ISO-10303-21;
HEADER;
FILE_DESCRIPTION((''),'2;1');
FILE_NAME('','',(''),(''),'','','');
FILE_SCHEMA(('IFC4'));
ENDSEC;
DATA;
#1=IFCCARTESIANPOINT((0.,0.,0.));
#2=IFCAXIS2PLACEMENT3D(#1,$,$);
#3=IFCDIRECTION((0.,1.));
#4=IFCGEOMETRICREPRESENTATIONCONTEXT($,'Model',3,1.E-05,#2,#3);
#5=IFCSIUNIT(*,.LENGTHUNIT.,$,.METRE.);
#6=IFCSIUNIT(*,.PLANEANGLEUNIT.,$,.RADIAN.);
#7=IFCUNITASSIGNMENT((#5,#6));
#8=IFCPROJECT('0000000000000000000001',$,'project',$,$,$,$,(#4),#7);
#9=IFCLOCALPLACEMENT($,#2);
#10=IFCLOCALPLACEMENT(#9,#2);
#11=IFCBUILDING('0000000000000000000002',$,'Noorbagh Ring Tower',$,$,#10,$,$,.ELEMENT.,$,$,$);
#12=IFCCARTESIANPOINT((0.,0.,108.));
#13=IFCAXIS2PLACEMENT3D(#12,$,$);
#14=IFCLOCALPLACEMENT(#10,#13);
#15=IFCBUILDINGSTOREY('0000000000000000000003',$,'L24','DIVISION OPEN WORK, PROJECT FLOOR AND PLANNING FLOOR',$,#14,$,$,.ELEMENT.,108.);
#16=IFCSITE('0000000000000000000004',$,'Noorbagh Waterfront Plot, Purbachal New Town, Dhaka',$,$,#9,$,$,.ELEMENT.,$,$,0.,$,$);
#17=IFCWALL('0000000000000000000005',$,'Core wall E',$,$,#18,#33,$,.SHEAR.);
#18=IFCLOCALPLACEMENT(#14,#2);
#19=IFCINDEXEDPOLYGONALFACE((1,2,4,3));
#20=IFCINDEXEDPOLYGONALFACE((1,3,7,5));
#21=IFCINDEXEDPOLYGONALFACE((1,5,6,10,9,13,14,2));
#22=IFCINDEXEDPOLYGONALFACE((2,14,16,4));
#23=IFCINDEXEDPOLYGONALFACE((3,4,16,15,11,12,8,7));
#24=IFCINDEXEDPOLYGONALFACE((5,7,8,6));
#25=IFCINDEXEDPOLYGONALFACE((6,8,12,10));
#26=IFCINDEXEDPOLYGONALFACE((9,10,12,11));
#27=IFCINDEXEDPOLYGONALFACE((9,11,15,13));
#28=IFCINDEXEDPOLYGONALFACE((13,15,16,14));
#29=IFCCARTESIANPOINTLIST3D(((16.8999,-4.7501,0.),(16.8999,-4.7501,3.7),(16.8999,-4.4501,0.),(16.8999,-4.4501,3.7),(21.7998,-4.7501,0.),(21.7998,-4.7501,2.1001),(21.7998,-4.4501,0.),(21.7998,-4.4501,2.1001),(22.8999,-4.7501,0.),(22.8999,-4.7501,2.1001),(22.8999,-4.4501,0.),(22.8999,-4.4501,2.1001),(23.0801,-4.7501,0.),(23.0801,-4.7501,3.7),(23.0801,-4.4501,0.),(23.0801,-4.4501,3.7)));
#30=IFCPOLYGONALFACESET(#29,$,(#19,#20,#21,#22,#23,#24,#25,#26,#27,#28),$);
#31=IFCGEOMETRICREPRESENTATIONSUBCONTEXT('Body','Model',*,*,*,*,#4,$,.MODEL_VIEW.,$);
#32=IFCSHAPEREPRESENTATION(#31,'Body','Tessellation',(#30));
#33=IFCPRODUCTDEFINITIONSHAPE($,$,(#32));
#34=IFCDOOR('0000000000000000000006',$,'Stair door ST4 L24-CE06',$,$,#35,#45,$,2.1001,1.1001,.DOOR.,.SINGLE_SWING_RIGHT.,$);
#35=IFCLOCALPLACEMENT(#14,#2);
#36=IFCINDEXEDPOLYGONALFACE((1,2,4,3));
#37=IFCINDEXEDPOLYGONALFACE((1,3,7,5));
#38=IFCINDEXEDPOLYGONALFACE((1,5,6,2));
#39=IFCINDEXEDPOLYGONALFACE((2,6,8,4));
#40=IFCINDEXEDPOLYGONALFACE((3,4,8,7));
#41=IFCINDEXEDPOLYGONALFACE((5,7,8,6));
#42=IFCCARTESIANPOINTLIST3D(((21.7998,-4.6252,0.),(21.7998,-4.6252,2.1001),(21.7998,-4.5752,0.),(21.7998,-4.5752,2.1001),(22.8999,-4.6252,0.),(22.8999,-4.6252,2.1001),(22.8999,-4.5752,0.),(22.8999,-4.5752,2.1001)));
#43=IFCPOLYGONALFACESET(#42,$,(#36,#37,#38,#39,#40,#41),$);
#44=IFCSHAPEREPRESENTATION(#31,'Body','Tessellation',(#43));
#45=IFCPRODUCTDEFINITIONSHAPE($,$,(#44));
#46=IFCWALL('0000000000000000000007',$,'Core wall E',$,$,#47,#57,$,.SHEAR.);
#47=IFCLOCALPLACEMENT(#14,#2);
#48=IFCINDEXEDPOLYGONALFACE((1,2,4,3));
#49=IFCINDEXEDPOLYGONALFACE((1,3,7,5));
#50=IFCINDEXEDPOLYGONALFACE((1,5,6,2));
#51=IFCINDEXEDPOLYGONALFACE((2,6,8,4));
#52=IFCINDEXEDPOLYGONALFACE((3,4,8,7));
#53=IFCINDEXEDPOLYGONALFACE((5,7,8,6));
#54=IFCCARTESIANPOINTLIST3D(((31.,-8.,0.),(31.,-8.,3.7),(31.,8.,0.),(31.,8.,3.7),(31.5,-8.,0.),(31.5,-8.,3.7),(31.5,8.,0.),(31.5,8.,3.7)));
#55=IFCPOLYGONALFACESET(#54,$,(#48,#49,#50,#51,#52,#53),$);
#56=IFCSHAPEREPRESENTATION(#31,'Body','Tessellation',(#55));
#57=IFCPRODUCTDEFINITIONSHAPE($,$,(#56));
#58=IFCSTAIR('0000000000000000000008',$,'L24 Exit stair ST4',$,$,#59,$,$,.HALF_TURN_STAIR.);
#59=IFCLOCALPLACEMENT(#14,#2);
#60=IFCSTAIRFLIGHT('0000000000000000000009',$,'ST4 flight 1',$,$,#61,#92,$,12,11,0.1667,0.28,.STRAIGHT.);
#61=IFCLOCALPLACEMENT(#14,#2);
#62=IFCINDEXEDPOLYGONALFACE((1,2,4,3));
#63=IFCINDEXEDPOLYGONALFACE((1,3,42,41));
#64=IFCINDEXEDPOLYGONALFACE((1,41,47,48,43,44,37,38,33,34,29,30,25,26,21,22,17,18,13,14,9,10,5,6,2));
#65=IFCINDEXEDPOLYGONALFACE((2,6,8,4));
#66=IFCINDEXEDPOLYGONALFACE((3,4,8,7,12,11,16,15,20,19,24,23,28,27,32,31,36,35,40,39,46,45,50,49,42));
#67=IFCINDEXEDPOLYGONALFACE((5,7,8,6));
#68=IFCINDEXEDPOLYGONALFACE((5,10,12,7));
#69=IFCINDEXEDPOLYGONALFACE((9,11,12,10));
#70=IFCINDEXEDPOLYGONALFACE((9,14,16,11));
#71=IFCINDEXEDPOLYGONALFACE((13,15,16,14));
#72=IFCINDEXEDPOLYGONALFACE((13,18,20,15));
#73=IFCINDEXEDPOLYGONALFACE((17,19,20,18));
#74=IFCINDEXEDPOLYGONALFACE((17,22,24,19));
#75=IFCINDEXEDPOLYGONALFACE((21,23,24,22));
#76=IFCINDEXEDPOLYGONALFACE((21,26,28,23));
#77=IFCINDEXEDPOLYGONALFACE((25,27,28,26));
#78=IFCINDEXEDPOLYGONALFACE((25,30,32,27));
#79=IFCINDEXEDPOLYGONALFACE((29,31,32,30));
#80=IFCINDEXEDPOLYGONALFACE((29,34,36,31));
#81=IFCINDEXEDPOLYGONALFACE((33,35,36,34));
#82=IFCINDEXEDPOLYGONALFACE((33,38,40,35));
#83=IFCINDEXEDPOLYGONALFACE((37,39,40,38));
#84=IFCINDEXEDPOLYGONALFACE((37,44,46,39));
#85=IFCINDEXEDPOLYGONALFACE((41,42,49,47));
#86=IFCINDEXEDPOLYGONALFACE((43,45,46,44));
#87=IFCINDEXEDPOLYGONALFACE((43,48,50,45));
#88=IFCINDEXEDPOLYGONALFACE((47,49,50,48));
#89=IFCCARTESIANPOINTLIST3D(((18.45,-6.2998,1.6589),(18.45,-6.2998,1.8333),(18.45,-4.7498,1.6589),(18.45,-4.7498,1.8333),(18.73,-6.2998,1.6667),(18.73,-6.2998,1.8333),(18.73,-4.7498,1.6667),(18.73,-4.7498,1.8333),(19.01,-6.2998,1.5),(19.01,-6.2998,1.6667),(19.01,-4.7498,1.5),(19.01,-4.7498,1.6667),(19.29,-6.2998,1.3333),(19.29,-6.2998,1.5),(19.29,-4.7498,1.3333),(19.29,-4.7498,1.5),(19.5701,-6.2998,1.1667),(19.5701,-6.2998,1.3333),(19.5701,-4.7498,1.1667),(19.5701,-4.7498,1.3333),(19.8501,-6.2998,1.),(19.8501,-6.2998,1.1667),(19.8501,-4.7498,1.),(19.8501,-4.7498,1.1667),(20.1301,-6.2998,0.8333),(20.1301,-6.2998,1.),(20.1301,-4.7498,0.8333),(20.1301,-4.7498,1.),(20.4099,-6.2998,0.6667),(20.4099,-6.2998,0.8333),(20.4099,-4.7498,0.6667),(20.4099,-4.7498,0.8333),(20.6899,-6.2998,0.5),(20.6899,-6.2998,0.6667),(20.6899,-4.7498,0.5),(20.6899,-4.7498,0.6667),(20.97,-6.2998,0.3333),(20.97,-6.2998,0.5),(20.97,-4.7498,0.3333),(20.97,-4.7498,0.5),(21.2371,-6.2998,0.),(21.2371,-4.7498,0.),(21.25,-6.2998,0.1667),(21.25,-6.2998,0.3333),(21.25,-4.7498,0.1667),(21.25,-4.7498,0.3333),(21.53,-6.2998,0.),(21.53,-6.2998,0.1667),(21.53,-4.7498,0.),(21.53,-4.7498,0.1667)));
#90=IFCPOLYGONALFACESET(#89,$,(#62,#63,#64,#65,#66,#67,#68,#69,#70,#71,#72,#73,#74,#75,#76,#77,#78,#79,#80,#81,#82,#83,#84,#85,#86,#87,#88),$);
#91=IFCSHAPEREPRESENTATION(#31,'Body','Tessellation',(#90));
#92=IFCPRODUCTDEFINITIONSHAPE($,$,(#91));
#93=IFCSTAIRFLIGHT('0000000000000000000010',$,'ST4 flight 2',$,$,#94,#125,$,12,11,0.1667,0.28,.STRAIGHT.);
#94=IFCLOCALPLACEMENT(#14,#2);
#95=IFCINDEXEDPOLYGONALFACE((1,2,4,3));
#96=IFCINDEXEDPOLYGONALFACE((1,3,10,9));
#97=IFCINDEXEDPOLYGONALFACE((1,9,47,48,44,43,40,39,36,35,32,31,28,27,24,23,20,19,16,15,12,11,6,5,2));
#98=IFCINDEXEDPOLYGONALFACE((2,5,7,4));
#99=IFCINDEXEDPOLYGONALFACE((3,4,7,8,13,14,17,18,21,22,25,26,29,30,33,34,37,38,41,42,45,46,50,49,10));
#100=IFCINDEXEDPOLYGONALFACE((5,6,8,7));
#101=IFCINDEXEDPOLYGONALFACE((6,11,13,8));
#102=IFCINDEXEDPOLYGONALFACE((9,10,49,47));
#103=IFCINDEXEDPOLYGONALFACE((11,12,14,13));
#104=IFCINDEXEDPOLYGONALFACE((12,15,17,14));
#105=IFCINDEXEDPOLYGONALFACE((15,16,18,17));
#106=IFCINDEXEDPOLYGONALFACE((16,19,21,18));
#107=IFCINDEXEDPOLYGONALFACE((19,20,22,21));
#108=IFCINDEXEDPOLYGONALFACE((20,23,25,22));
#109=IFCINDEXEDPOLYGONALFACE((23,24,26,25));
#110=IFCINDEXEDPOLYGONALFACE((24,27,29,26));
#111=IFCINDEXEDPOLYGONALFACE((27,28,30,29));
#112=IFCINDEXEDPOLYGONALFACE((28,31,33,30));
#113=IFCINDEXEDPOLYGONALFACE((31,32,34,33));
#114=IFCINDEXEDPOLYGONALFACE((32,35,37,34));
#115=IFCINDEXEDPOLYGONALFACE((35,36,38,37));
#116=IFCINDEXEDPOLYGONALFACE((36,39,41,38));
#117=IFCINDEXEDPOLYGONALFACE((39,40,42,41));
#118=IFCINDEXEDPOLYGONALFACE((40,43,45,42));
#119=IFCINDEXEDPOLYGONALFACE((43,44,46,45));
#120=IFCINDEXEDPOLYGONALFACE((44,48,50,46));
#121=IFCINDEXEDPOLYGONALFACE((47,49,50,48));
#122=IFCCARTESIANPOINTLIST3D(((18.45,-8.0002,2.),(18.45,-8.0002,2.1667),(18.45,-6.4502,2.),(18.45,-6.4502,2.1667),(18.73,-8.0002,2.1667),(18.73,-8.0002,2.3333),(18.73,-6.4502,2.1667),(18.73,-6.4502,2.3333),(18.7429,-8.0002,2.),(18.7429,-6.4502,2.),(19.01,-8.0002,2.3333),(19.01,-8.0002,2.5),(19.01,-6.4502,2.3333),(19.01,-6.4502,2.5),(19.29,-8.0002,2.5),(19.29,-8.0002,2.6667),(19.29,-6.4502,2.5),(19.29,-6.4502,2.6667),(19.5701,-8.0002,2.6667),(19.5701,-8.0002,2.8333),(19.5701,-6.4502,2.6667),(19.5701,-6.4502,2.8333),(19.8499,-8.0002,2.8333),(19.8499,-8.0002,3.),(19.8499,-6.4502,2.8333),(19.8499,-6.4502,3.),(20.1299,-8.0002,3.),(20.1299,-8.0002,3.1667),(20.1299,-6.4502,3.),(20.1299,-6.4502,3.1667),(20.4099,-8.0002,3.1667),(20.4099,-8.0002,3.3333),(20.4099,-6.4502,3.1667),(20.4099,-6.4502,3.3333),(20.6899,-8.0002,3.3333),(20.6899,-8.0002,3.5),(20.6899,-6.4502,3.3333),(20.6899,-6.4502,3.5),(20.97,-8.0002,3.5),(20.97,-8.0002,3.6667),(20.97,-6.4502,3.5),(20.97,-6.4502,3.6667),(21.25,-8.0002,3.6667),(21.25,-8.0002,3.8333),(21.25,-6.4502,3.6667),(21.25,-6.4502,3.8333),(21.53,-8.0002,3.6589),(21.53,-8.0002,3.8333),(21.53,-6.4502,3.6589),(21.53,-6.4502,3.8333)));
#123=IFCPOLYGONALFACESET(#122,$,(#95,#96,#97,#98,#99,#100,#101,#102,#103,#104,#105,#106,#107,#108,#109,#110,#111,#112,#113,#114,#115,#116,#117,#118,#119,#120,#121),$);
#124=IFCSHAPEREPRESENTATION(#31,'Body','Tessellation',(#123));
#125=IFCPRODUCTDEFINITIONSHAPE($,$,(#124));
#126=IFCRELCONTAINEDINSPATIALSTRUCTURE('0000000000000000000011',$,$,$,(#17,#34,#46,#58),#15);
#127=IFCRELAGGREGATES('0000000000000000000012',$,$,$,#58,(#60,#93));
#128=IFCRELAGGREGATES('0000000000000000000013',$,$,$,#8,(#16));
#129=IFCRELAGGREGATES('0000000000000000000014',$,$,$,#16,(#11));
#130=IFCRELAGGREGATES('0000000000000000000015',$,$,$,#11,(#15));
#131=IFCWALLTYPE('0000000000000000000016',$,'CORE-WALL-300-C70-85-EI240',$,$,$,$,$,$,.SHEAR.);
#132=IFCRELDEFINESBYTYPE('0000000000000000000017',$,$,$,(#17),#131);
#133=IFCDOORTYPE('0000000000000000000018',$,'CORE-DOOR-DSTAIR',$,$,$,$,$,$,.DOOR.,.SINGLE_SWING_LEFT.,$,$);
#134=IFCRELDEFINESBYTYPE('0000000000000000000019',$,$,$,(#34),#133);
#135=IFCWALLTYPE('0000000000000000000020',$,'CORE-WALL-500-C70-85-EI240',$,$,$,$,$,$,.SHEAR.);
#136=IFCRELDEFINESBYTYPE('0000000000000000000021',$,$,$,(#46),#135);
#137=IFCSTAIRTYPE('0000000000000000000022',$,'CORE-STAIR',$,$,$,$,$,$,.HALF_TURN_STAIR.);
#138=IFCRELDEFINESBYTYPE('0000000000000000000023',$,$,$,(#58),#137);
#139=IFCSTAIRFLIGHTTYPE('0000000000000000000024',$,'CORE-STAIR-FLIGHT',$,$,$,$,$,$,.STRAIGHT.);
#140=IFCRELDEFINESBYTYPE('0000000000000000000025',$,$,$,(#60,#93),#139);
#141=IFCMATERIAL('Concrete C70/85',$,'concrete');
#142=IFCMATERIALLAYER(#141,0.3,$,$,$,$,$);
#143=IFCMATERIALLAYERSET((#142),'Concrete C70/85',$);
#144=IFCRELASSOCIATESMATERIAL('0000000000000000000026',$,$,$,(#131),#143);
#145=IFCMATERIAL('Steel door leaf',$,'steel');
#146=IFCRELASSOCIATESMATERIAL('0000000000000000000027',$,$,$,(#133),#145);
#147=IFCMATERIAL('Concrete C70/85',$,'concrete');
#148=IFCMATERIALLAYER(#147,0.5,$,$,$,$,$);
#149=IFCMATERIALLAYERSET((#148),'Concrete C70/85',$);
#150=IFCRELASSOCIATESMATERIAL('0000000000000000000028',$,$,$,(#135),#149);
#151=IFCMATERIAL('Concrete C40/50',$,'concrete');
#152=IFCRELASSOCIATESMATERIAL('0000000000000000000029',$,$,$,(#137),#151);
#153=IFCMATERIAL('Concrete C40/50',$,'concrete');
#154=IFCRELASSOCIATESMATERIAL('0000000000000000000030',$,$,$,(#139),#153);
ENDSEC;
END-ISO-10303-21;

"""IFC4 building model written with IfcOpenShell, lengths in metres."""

from ifc_helpers import new_model, si_unit, direction, frame, frame_2d, origin, place, context, subcontext, project, spatial, polyline, rectangle, outline, extrude, material, layer, layer_set, type_object, element, fill, aggregate, save


model = new_model("IFC4")

# Units and contexts
model_context = context("Model", 3, precision=1e-05, world=origin(), true_north=direction((0.0, 1.0)))
body_context = subcontext(model_context, "Body", "Model", "MODEL_VIEW")
ifc_project = project(units=[si_unit("LENGTHUNIT", "METRE"), si_unit("PLANEANGLEUNIT", "RADIAN")], contexts=[model_context])

# Site, building, storey
site_placement = place(None, origin())
site = spatial("IfcSite", under=ifc_project, at=site_placement, Name="Noorbagh Waterfront Plot, Purbachal New Town, Dhaka", CompositionType="ELEMENT", RefElevation=0.0)
building_placement = place(site_placement, origin())
building = spatial("IfcBuilding", under=site, at=building_placement, Name="Noorbagh Ring Tower", CompositionType="ELEMENT")
storey_placement = place(building_placement, frame((0.0, 0.0, 108.0)))
storey = spatial("IfcBuildingStorey", under=building, at=storey_placement, Name="L24", Description="DIVISION OPEN WORK, PROJECT FLOOR AND PLANNING FLOOR", CompositionType="ELEMENT", Elevation=108.0)

# Shared definitions
ifc_material_1 = material(Name="Concrete C70/85", Category="concrete")
ifc_layer_1 = layer(ifc_material_1, 0.3)
ifc_layer_set_1 = layer_set([ifc_layer_1], Name="Concrete C70/85")
wall_type_1 = type_object("IfcWallType", Name="CORE-WALL-300-C70-85-EI240", PredefinedType="SHEAR", material=ifc_layer_set_1)

# Wall, opening, door
wall_1_placement = place(storey_placement, frame((16.8999, -4.6001, 0.0), z_axis=(0.0, 0.0, 1.0), x_axis=(1.0, 0.0, 0.0)))
wall_1 = element("IfcWall", 1, at=wall_1_placement, inside=storey, type_object=wall_type_1, Name="Core wall E", PredefinedType="SHEAR", context=body_context, shape_type="SweptSolid", body=[
    extrude(rectangle(XDim=6.1802, YDim=0.3, at=frame_2d((3.0901, 0.0))), origin(), (0.0, 0.0, 1.0), 3.7),
])
opening_1_placement = place(wall_1_placement, frame((4.8999, 0.0, 0.0)))
opening_1 = element("IfcOpeningElement", 2, at=opening_1_placement, cuts=wall_1, PredefinedType="OPENING", context=body_context, shape_type="SweptSolid", body=[
    extrude(rectangle(XDim=1.1001, YDim=2.1001, at=frame_2d((0.55, 1.05))), frame((0.0, 0.1602, 0.0), z_axis=(0.0, -1.0, 0.0), x_axis=(1.0, 0.0, 0.0)), (0.0, 0.0, 1.0), 0.3201),
])
ifc_material_2 = material(Name="Steel door leaf", Category="steel")
door_type_1 = type_object("IfcDoorType", Name="CORE-DOOR-DSTAIR", OperationType="SINGLE_SWING_LEFT", PredefinedType="DOOR", material=ifc_material_2)
door_1_placement = place(opening_1_placement, origin())
door_1 = element("IfcDoor", 3, at=door_1_placement, inside=storey, type_object=door_type_1, Name="Stair door ST4 L24-CE06", OperationType="SINGLE_SWING_RIGHT", OverallHeight=2.1001, OverallWidth=1.1001, PredefinedType="DOOR", context=body_context, shape_type="SweptSolid", body=[
    extrude(rectangle(XDim=1.1001, YDim=2.1001, at=frame_2d((0.55, 1.05))), frame((0.0, 0.0249, 0.0), z_axis=(0.0, -1.0, 0.0), x_axis=(1.0, 0.0, 0.0)), (0.0, 0.0, 1.0), 0.05),
])
fill(opening_1, door_1)

# Wall
ifc_material_3 = material(Name="Concrete C70/85", Category="concrete")
ifc_layer_2 = layer(ifc_material_3, 0.5)
ifc_layer_set_2 = layer_set([ifc_layer_2], Name="Concrete C70/85")
wall_type_2 = type_object("IfcWallType", Name="CORE-WALL-500-C70-85-EI240", PredefinedType="SHEAR", material=ifc_layer_set_2)
wall_2_placement = place(storey_placement, frame((31.25, -8.0, 0.0), z_axis=(0.0, 0.0, 1.0), x_axis=(0.0, 1.0, 0.0)))
element("IfcWall", 4, at=wall_2_placement, inside=storey, type_object=wall_type_2, Name="Core wall E", PredefinedType="SHEAR", context=body_context, shape_type="SweptSolid", body=[
    extrude(rectangle(XDim=16.0, YDim=0.5, at=frame_2d((8.0, 0.0))), origin(), (0.0, 0.0, 1.0), 3.7),
])

# Stair, stair flights
ifc_material_4 = material(Name="Concrete C40/50", Category="concrete")
stair_type = type_object("IfcStairType", Name="CORE-STAIR", PredefinedType="HALF_TURN_STAIR", material=ifc_material_4)
stair_placement = place(storey_placement, origin())
stair = element("IfcStair", 5, at=stair_placement, inside=storey, type_object=stair_type, Name="L24 Exit stair ST4", PredefinedType="HALF_TURN_STAIR")
ifc_material_5 = material(Name="Concrete C40/50", Category="concrete")
stair_flight_type = type_object("IfcStairFlightType", Name="CORE-STAIR-FLIGHT", PredefinedType="STRAIGHT", material=ifc_material_5)
stair_flight_1_placement = place(storey_placement, frame((21.53, -5.5249, 0.0), z_axis=(0.0, 0.0, 1.0), x_axis=(-1.0, 0.0, 0.0)))
stair_flight_1 = element("IfcStairFlight", 6, at=stair_flight_1_placement, type_object=stair_flight_type, Name="ST4 flight 1", NumberOfRisers=12, NumberOfTreads=11, PredefinedType="STRAIGHT", RiserHeight=0.1667, TreadLength=0.28, context=body_context, shape_type="SweptSolid", body=[
    extrude(outline(polyline([(0.0, 0.0), (0.0, 0.1667), (0.28, 0.1667), (0.28, 0.3333), (0.5601, 0.3333), (0.5601, 0.5), (0.8401, 0.5), (0.8401, 0.6667), (1.1201, 0.6667), (1.1201, 0.8333), (1.3999, 0.8333), (1.3999, 1.0), (1.6799, 1.0), (1.6799, 1.1667), (1.96, 1.1667), (1.96, 1.3333), (2.24, 1.3333), (2.24, 1.5), (2.52, 1.5), (2.52, 1.6667), (2.8, 1.6667), (2.8, 1.8333), (3.0801, 1.8333), (3.0801, 2.0), (3.0801, 1.6589), (0.293, 0.0), (0.0, 0.0)])), frame((0.0, 0.7749, 0.0), z_axis=(0.0, -1.0, 0.0), x_axis=(1.0, 0.0, 0.0)), (0.0, 0.0, 1.0), 1.55),
])
stair_flight_2_placement = place(storey_placement, frame((18.45, -7.2251, 2.0), z_axis=(0.0, 0.0, 1.0), x_axis=(1.0, 0.0, 0.0)))
stair_flight_2 = element("IfcStairFlight", 7, at=stair_flight_2_placement, type_object=stair_flight_type, Name="ST4 flight 2", NumberOfRisers=12, NumberOfTreads=11, PredefinedType="STRAIGHT", RiserHeight=0.1667, TreadLength=0.28, context=body_context, shape_type="SweptSolid", body=[
    extrude(outline(polyline([(0.0, 0.0), (0.0, 0.1667), (0.28, 0.1667), (0.28, 0.3333), (0.5601, 0.3333), (0.5601, 0.5), (0.8401, 0.5), (0.8401, 0.6667), (1.1201, 0.6667), (1.1201, 0.8333), (1.3999, 0.8333), (1.3999, 1.0), (1.6799, 1.0), (1.6799, 1.1667), (1.96, 1.1667), (1.96, 1.3333), (2.24, 1.3333), (2.24, 1.5), (2.52, 1.5), (2.52, 1.6667), (2.8, 1.6667), (2.8, 1.8333), (3.0801, 1.8333), (3.0801, 2.0), (3.0801, 1.6589), (0.293, 0.0), (0.0, 0.0)])), frame((0.0, 0.7749, 0.0), z_axis=(0.0, -1.0, 0.0), x_axis=(1.0, 0.0, 0.0)), (0.0, 0.0, 1.0), 1.55),
])
aggregate(stair, [stair_flight_1, stair_flight_2])

save(model, "model.ifc")
